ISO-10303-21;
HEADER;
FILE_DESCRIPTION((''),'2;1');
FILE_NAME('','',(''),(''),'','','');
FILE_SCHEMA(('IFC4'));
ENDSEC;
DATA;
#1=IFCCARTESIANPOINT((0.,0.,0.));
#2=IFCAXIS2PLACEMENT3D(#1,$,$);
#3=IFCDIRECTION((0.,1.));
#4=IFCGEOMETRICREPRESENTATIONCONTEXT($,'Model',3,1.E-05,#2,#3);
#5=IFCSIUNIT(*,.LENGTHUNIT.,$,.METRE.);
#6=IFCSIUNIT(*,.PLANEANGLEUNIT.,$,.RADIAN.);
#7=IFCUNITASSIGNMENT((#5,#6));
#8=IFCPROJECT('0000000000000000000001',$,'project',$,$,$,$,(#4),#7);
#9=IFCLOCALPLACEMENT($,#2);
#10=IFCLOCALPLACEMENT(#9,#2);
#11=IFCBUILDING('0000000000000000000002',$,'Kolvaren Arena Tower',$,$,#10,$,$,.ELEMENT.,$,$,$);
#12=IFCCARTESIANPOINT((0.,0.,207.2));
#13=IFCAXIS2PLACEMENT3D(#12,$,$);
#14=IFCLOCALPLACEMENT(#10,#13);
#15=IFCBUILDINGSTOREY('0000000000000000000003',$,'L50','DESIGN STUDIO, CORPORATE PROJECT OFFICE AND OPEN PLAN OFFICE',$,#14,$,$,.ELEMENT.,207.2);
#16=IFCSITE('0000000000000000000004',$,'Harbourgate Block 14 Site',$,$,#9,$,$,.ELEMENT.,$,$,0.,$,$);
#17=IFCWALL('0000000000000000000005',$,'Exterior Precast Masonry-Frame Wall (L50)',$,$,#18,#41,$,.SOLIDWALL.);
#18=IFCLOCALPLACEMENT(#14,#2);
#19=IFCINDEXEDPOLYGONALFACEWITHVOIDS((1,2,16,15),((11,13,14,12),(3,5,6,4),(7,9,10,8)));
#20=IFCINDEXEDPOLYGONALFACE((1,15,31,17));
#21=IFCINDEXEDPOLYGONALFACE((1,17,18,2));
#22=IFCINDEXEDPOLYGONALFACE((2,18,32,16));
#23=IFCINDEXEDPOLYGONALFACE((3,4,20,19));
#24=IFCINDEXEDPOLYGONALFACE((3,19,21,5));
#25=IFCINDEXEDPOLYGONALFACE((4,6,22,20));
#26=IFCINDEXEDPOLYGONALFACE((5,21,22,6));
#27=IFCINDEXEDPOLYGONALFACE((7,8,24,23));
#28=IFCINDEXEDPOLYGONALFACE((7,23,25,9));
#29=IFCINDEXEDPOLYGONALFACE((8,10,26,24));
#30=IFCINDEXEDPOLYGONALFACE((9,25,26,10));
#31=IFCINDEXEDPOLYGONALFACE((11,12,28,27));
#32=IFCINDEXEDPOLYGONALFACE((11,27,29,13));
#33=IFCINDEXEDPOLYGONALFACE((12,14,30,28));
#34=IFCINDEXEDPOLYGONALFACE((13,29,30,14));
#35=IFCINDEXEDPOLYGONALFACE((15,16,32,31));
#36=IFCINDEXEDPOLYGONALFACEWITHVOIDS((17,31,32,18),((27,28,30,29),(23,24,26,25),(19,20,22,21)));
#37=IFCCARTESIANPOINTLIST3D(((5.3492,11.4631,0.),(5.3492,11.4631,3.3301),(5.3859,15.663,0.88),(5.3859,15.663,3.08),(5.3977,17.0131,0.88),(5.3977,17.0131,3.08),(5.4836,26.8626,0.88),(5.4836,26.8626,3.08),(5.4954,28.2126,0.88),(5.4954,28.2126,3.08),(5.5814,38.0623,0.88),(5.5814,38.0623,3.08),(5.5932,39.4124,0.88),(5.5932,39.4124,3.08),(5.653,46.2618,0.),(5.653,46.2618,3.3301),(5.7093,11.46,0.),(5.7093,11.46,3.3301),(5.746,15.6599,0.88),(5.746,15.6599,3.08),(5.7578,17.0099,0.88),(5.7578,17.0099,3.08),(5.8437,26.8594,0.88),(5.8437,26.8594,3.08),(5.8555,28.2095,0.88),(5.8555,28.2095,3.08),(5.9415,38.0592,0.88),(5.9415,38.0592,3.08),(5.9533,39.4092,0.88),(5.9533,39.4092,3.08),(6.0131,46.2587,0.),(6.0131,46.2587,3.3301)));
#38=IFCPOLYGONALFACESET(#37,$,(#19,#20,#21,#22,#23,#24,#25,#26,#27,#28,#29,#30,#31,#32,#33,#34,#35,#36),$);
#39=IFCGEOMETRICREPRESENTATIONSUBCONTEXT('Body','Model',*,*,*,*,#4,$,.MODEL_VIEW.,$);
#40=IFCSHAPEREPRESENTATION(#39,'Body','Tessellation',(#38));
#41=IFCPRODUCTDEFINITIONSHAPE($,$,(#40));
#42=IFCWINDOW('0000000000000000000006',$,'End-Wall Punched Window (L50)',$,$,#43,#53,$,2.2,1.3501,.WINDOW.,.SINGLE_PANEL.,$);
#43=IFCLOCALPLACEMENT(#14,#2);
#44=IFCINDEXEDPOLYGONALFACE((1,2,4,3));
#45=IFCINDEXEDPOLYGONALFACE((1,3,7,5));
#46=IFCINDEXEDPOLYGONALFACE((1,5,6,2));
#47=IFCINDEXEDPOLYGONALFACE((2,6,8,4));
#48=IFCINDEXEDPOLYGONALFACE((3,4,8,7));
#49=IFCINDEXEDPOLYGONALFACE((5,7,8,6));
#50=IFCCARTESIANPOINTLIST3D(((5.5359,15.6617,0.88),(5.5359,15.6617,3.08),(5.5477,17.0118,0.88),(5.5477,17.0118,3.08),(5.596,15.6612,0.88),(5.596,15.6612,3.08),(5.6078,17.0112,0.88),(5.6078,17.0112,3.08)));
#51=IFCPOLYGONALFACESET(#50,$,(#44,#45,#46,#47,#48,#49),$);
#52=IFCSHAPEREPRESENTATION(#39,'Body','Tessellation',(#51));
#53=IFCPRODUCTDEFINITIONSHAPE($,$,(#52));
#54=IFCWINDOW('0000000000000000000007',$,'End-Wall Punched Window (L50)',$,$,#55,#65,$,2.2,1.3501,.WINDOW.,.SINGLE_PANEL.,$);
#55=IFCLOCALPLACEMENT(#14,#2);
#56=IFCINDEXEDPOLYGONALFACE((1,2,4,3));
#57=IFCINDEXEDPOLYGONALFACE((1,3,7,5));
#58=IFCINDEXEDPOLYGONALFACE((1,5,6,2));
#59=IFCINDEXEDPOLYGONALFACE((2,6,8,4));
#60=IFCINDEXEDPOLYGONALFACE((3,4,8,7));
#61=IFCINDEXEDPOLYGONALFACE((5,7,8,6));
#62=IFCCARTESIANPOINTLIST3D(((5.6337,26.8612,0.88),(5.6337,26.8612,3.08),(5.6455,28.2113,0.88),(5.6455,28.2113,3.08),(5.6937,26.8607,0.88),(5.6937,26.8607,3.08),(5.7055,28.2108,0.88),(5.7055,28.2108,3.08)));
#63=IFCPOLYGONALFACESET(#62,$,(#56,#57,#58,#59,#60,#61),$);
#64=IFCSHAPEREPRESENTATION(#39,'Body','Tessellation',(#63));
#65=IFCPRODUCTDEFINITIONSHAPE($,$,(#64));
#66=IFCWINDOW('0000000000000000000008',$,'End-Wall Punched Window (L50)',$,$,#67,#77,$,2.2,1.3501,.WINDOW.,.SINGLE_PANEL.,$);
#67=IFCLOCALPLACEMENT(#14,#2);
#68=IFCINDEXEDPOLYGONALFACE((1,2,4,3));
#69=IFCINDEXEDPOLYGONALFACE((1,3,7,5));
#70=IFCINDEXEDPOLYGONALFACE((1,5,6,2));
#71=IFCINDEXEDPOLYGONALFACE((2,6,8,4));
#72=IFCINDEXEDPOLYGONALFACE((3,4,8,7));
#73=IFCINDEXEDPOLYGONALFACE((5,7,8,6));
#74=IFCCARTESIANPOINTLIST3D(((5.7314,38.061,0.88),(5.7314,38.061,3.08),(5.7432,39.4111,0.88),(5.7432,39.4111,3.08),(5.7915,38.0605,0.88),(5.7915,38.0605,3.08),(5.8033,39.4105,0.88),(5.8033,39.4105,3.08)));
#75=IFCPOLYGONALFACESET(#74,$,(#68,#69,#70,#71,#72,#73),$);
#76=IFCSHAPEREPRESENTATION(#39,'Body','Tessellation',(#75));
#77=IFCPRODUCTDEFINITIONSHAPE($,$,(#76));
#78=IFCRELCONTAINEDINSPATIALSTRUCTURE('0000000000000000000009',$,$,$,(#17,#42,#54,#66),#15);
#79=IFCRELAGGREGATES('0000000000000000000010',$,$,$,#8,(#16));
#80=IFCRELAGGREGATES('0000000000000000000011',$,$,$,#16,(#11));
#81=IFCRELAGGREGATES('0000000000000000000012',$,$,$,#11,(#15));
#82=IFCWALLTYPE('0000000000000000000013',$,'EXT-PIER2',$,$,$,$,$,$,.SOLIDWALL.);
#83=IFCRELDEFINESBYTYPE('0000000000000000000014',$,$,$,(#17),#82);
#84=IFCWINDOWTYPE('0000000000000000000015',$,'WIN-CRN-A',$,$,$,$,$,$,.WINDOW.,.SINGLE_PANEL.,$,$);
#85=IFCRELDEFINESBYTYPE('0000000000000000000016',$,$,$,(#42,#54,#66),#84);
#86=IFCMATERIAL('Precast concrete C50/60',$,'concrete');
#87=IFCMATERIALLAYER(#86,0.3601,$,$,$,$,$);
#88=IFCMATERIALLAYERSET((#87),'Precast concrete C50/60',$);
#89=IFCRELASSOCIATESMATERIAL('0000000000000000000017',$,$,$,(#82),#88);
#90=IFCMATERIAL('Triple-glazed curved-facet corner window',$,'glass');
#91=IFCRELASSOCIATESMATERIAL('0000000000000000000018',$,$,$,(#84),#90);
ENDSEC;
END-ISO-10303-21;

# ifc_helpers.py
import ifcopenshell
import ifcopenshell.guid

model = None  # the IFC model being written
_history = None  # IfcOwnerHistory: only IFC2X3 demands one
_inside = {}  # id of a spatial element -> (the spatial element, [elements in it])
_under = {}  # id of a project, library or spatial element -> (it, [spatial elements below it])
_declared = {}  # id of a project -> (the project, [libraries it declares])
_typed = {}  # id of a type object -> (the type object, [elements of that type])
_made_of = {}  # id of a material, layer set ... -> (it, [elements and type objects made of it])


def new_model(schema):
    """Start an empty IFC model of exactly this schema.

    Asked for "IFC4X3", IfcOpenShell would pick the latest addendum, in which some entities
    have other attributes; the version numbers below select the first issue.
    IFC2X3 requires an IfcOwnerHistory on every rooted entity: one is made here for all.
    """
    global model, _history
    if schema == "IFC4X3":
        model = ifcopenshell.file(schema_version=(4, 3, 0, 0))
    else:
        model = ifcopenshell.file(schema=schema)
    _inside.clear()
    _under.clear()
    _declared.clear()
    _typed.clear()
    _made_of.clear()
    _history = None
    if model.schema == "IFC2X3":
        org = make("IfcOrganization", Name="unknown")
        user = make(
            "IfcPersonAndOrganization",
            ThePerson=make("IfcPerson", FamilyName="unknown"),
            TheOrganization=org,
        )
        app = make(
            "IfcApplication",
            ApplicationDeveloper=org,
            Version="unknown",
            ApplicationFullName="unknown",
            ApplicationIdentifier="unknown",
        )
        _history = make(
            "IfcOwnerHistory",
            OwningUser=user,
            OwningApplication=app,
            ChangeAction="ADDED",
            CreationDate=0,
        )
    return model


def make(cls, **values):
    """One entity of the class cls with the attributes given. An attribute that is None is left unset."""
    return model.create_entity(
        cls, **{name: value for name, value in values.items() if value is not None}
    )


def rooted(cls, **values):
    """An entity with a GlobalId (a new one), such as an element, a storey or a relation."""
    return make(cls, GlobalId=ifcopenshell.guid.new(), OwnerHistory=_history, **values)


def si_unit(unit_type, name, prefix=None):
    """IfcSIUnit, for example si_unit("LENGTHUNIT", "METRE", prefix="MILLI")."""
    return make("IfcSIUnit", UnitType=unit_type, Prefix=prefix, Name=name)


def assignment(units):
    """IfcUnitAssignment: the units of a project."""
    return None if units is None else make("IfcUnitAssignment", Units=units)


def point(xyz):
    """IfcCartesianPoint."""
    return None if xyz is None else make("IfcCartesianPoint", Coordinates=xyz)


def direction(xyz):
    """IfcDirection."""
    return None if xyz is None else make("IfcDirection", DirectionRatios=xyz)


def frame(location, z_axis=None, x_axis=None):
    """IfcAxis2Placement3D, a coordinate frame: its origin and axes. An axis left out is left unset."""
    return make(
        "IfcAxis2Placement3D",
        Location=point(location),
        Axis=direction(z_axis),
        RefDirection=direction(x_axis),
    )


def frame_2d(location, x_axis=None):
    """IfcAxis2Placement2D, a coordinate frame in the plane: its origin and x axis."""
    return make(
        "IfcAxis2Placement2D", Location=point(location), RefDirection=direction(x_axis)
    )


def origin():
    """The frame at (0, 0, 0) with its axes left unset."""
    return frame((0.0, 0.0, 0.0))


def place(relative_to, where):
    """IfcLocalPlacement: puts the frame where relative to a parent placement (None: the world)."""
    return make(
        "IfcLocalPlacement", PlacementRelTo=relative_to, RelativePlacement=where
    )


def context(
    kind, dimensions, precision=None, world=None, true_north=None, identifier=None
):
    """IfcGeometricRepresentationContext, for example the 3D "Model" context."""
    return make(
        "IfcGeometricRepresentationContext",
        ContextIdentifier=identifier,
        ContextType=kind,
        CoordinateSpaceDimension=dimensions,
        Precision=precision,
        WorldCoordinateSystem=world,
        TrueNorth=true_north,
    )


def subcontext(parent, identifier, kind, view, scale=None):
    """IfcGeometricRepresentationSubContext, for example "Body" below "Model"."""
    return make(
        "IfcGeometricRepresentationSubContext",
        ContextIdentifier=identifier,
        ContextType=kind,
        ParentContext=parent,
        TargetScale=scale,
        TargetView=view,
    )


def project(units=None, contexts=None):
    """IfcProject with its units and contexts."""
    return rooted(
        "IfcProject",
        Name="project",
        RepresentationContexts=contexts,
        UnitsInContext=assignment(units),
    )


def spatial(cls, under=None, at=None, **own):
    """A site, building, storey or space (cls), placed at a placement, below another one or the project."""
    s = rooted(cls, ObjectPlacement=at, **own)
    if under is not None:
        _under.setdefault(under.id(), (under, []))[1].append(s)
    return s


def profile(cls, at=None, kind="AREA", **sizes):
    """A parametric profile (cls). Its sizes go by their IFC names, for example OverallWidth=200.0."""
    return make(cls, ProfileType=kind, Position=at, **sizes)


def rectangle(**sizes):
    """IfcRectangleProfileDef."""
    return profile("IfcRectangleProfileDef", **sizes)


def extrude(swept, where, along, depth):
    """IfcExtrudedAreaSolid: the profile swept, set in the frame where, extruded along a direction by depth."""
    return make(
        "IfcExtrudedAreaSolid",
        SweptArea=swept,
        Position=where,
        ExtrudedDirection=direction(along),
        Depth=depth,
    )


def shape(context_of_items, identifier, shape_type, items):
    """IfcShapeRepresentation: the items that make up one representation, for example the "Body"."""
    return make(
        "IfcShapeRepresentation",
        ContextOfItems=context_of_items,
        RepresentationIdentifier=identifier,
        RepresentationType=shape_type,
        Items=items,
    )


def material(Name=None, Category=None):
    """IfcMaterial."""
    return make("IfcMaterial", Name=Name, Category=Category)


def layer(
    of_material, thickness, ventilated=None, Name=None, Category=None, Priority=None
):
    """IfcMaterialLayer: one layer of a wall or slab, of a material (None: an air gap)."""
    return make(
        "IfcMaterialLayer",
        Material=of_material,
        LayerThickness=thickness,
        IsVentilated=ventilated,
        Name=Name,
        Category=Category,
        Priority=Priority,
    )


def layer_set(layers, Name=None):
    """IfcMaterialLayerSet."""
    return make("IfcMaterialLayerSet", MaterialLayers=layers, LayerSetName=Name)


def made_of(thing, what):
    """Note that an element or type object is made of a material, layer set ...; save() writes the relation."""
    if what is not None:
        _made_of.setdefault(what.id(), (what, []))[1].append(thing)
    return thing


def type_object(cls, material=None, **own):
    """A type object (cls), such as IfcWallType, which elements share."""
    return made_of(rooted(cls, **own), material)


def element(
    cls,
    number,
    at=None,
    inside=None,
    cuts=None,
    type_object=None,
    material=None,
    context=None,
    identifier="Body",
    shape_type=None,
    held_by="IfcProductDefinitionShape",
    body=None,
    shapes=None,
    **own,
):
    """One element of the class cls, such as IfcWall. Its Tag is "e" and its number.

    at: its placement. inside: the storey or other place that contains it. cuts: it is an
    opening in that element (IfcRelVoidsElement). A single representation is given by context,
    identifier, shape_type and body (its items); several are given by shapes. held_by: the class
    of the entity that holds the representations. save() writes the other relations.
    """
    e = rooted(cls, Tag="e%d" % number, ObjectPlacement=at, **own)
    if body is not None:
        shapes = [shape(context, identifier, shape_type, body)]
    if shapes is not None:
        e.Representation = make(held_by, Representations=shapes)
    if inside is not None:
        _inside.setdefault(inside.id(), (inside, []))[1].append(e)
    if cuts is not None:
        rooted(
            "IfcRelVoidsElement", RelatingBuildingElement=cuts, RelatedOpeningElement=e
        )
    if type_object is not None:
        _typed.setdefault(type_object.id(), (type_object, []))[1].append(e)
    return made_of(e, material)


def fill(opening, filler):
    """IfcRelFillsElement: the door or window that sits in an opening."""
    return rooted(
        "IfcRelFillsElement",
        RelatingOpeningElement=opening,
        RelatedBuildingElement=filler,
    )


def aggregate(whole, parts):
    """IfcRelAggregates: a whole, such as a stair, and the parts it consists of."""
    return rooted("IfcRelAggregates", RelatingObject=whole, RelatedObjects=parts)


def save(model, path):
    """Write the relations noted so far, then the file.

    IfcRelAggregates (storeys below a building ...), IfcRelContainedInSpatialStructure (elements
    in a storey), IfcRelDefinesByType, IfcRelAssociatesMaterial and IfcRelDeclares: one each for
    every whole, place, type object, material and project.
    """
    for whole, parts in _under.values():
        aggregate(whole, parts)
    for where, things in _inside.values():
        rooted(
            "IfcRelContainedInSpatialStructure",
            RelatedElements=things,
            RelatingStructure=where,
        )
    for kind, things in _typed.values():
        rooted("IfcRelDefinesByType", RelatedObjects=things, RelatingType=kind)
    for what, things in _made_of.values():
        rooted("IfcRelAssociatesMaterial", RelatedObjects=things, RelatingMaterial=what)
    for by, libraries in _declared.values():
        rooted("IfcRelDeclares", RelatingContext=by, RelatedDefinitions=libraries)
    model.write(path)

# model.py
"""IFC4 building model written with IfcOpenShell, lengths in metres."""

from ifc_helpers import new_model, si_unit, direction, frame, frame_2d, origin, place, context, subcontext, project, spatial, rectangle, extrude, material, layer, layer_set, type_object, element, fill, save


model = new_model("IFC4")

# Units and contexts
model_context = context("Model", 3, precision=1e-05, world=origin(), true_north=direction((0.0, 1.0)))
body_context = subcontext(model_context, "Body", "Model", "MODEL_VIEW")
ifc_project = project(units=[si_unit("LENGTHUNIT", "METRE"), si_unit("PLANEANGLEUNIT", "RADIAN")], contexts=[model_context])

# Site, building, storey
site_placement = place(None, origin())
site = spatial("IfcSite", under=ifc_project, at=site_placement, Name="Harbourgate Block 14 Site", CompositionType="ELEMENT", RefElevation=0.0)
building_placement = place(site_placement, origin())
building = spatial("IfcBuilding", under=site, at=building_placement, Name="Kolvaren Arena Tower", CompositionType="ELEMENT")
storey_placement = place(building_placement, frame((0.0, 0.0, 207.2)))
storey = spatial("IfcBuildingStorey", under=building, at=storey_placement, Name="L50", Description="DESIGN STUDIO, CORPORATE PROJECT OFFICE AND OPEN PLAN OFFICE", CompositionType="ELEMENT", Elevation=207.2)

# Wall, openings, windows
ifc_material_1 = material(Name="Precast concrete C50/60", Category="concrete")
ifc_layer_1 = layer(ifc_material_1, 0.3601)
ifc_layer_set_1 = layer_set([ifc_layer_1], Name="Precast concrete C50/60")
wall_type_1 = type_object("IfcWallType", Name="EXT-PIER2", PredefinedType="SOLIDWALL", material=ifc_layer_set_1)
wall_1_placement = place(storey_placement, frame((5.5293, 11.4617, 0.0), z_axis=(0.0, 0.0, 1.0), x_axis=(0.008727, 0.999962, 0.0)))
wall_1 = element("IfcWall", 1, at=wall_1_placement, inside=storey, type_object=wall_type_1, Name="Exterior Precast Masonry-Frame Wall (L50)", PredefinedType="SOLIDWALL", context=body_context, shape_type="SweptSolid", body=[
    extrude(rectangle(XDim=34.8, YDim=0.3601, at=frame_2d((17.3999, 0.0))), origin(), (0.0, 0.0, 1.0), 3.3301),
])
opening_1_placement = place(wall_1_placement, frame((4.2, 0.0, 0.8799)))
opening_1 = element("IfcOpeningElement", 2, at=opening_1_placement, cuts=wall_1, PredefinedType="OPENING", context=body_context, shape_type="SweptSolid", body=[
    extrude(rectangle(XDim=1.3501, YDim=2.2, at=frame_2d((0.675, 1.1001))), frame((0.0, 0.1899, 0.0), z_axis=(0.0, -1.0, 0.0), x_axis=(1.0, 0.0, 0.0)), (0.0, 0.0, 1.0), 0.3801),
])
opening_2_placement = place(wall_1_placement, frame((15.3999, 0.0, 0.8799)))
opening_2 = element("IfcOpeningElement", 3, at=opening_2_placement, cuts=wall_1, PredefinedType="OPENING", context=body_context, shape_type="SweptSolid", body=[
    extrude(rectangle(XDim=1.3501, YDim=2.2, at=frame_2d((0.675, 1.1001))), frame((0.0, 0.1899, 0.0), z_axis=(0.0, -1.0, 0.0), x_axis=(1.0, 0.0, 0.0)), (0.0, 0.0, 1.0), 0.3801),
])
opening_3_placement = place(wall_1_placement, frame((26.6001, 0.0, 0.8799)))
opening_3 = element("IfcOpeningElement", 4, at=opening_3_placement, cuts=wall_1, PredefinedType="OPENING", context=body_context, shape_type="SweptSolid", body=[
    extrude(rectangle(XDim=1.3501, YDim=2.2, at=frame_2d((0.675, 1.1001))), frame((0.0, 0.1899, 0.0), z_axis=(0.0, -1.0, 0.0), x_axis=(1.0, 0.0, 0.0)), (0.0, 0.0, 1.0), 0.3801),
])
ifc_material_2 = material(Name="Triple-glazed curved-facet corner window", Category="glass")
window_type = type_object("IfcWindowType", Name="WIN-CRN-A", PartitioningType="SINGLE_PANEL", PredefinedType="WINDOW", material=ifc_material_2)
window_1_placement = place(opening_1_placement, origin())
window_1 = element("IfcWindow", 5, at=window_1_placement, inside=storey, type_object=window_type, Name="End-Wall Punched Window (L50)", OverallHeight=2.2, OverallWidth=1.3501, PartitioningType="SINGLE_PANEL", PredefinedType="WINDOW", context=body_context, shape_type="SweptSolid", body=[
    extrude(rectangle(XDim=1.3501, YDim=2.2, at=frame_2d((0.675, 1.1001))), frame((0.0, 0.03, 0.0), z_axis=(0.0, -1.0, 0.0), x_axis=(1.0, 0.0, 0.0)), (0.0, 0.0, 1.0), 0.0601),
])
fill(opening_1, window_1)
window_2_placement = place(opening_2_placement, origin())
window_2 = element("IfcWindow", 6, at=window_2_placement, inside=storey, type_object=window_type, Name="End-Wall Punched Window (L50)", OverallHeight=2.2, OverallWidth=1.3501, PartitioningType="SINGLE_PANEL", PredefinedType="WINDOW", context=body_context, shape_type="SweptSolid", body=[
    extrude(rectangle(XDim=1.3501, YDim=2.2, at=frame_2d((0.675, 1.1001))), frame((0.0, 0.03, 0.0), z_axis=(0.0, -1.0, 0.0), x_axis=(1.0, 0.0, 0.0)), (0.0, 0.0, 1.0), 0.0601),
])
fill(opening_2, window_2)
window_3_placement = place(opening_3_placement, origin())
window_3 = element("IfcWindow", 7, at=window_3_placement, inside=storey, type_object=window_type, Name="End-Wall Punched Window (L50)", OverallHeight=2.2, OverallWidth=1.3501, PartitioningType="SINGLE_PANEL", PredefinedType="WINDOW", context=body_context, shape_type="SweptSolid", body=[
    extrude(rectangle(XDim=1.3501, YDim=2.2, at=frame_2d((0.675, 1.1001))), frame((0.0, 0.03, 0.0), z_axis=(0.0, -1.0, 0.0), x_axis=(1.0, 0.0, 0.0)), (0.0, 0.0, 1.0), 0.0601),
])
fill(opening_3, window_3)

save(model, "model.ifc")
